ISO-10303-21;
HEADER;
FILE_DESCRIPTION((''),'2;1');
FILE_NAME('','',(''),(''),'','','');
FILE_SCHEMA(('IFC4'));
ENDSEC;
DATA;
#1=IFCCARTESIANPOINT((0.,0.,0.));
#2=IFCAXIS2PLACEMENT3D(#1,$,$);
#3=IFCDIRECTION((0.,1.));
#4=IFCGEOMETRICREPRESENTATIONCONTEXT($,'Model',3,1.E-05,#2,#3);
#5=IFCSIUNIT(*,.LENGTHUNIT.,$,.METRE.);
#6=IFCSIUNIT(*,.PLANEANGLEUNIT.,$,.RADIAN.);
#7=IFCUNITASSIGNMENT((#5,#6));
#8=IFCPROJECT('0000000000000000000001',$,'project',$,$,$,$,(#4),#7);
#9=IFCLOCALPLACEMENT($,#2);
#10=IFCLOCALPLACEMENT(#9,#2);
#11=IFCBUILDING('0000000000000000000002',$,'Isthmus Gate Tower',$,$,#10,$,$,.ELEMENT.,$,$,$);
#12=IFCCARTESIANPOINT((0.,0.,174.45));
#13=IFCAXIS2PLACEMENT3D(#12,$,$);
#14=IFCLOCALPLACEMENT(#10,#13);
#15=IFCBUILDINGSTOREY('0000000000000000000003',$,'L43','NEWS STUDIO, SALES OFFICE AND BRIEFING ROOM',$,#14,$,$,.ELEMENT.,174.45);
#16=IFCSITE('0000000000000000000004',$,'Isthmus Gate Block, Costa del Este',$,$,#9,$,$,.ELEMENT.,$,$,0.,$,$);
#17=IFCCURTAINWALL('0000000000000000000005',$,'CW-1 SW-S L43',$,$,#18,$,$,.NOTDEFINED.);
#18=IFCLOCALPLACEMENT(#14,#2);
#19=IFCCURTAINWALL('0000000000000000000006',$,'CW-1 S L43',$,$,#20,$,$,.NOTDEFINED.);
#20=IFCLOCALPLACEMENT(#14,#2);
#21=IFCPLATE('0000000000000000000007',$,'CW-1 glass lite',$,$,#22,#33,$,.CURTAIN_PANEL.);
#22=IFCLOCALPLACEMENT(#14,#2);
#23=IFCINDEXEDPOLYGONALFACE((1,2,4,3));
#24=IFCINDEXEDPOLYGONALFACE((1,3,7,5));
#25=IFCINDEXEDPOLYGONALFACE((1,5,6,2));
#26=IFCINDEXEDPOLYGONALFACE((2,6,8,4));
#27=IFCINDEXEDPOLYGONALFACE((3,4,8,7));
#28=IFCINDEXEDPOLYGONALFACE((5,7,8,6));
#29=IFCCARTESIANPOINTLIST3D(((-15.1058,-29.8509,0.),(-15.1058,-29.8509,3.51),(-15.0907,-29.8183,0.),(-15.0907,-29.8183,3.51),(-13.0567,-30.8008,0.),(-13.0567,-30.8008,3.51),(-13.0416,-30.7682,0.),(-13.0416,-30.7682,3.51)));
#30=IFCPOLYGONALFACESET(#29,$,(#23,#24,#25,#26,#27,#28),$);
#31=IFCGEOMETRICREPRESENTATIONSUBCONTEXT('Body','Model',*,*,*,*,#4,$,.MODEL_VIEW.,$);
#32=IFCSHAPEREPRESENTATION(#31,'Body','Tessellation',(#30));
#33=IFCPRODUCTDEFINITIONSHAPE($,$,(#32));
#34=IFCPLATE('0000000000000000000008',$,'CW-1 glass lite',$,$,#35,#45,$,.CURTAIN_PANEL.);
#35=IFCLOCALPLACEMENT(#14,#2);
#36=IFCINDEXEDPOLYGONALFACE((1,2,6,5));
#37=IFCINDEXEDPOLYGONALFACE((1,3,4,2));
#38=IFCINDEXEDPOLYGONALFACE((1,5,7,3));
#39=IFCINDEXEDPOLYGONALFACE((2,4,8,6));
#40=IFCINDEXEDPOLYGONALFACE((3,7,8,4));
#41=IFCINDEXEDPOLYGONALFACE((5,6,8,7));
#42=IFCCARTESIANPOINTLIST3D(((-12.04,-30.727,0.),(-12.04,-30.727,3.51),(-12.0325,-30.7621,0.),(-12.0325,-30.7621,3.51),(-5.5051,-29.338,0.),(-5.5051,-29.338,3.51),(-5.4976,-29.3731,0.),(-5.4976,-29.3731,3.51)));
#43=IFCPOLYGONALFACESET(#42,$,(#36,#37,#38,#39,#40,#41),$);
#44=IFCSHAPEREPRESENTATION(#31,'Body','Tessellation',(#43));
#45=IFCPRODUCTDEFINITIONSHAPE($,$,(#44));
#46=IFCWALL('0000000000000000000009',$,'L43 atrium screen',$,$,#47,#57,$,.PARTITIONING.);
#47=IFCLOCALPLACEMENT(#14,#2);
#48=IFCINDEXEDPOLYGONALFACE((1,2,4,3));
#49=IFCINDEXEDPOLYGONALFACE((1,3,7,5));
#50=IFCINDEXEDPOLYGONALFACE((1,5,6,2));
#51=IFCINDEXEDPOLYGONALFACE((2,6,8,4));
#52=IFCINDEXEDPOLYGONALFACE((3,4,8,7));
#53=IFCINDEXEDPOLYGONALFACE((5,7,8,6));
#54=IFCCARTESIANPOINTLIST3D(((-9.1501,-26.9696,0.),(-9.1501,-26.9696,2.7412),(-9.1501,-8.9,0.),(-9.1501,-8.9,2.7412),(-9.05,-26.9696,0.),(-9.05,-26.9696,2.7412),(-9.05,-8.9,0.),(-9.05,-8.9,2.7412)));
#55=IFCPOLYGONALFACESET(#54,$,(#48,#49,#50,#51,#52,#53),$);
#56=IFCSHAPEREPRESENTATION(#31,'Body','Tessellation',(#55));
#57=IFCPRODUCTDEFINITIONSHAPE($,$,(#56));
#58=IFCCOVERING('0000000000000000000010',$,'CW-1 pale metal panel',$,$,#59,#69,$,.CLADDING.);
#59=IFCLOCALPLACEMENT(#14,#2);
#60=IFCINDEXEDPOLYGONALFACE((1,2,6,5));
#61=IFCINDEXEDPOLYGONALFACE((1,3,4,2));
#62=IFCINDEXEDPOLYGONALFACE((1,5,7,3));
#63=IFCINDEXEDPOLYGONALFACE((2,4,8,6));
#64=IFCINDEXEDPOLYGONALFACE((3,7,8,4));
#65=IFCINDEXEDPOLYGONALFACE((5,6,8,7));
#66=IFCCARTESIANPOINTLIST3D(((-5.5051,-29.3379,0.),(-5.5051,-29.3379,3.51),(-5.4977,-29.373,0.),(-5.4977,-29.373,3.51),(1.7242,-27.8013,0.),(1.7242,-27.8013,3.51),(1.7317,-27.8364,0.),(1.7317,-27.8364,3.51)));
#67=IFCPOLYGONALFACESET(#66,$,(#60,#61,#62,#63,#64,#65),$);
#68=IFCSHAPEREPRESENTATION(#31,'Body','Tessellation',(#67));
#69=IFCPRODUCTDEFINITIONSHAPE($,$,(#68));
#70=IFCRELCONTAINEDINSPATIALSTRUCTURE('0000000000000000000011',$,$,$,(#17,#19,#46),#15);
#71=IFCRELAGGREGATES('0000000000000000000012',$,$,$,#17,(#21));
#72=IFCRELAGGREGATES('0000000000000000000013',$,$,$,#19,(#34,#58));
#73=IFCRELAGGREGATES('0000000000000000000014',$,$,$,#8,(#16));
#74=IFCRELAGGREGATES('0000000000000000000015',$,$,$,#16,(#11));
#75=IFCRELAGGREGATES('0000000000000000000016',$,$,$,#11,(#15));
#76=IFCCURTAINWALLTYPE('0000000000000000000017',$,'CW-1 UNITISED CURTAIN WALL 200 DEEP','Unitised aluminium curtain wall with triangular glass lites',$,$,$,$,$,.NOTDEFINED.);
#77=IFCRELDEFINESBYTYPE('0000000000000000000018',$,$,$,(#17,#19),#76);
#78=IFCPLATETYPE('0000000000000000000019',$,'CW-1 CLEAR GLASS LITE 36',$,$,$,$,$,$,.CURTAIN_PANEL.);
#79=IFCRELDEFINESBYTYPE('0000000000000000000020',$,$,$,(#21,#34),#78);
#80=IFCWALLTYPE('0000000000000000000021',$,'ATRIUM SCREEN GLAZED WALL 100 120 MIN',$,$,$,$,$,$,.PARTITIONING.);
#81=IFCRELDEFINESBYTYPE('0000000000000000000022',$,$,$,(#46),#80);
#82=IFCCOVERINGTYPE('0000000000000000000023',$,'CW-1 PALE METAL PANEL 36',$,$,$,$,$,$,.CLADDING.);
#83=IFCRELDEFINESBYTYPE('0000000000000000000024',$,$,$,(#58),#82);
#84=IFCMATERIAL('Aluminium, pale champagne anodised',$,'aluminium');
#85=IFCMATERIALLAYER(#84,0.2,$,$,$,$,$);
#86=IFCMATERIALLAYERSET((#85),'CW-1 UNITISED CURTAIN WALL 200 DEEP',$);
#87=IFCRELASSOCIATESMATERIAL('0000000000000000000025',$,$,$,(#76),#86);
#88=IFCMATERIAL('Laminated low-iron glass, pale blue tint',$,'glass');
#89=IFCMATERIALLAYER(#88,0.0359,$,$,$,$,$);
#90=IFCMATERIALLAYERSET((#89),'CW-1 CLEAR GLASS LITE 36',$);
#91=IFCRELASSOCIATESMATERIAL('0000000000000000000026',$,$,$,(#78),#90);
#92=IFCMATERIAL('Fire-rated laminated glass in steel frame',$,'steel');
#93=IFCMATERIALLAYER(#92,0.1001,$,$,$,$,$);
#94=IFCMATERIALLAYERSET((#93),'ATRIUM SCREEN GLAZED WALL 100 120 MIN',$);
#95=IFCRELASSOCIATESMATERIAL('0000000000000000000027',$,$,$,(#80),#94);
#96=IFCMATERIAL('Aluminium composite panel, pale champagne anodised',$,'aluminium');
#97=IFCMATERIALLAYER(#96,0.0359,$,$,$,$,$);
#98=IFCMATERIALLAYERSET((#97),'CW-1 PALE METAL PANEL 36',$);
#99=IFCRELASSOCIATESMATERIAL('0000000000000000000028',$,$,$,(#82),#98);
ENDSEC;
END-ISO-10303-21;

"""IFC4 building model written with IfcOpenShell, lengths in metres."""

from ifc_helpers import new_model, si_unit, direction, frame, frame_2d, origin, origin_2d, place, context, subcontext, project, spatial, rectangle, extrude, material, layer, layer_set, type_object, element, aggregate, save


model = new_model("IFC4")

# Units and contexts
model_context = context("Model", 3, precision=1e-05, world=origin(), true_north=direction((0.0, 1.0)))
body_context = subcontext(model_context, "Body", "Model", "MODEL_VIEW")
ifc_project = project(units=[si_unit("LENGTHUNIT", "METRE"), si_unit("PLANEANGLEUNIT", "RADIAN")], contexts=[model_context])

# Site, building, storey
site_placement = place(None, origin())
site = spatial("IfcSite", under=ifc_project, at=site_placement, Name="Isthmus Gate Block, Costa del Este", CompositionType="ELEMENT", RefElevation=0.0)
building_placement = place(site_placement, origin())
building = spatial("IfcBuilding", under=site, at=building_placement, Name="Isthmus Gate Tower", CompositionType="ELEMENT")
storey_placement = place(building_placement, frame((0.0, 0.0, 174.45)))
storey = spatial("IfcBuildingStorey", under=building, at=storey_placement, Name="L43", Description="NEWS STUDIO, SALES OFFICE AND BRIEFING ROOM", CompositionType="ELEMENT", Elevation=174.45)

# Curtain walls
ifc_material_1 = material(Name="Aluminium, pale champagne anodised", Category="aluminium")
ifc_layer_1 = layer(ifc_material_1, 0.2)
ifc_layer_set_1 = layer_set([ifc_layer_1], Name="CW-1 UNITISED CURTAIN WALL 200 DEEP")
curtain_wall_type = type_object("IfcCurtainWallType", Name="CW-1 UNITISED CURTAIN WALL 200 DEEP", Description="Unitised aluminium curtain wall with triangular glass lites", PredefinedType="NOTDEFINED", material=ifc_layer_set_1)
curtain_wall_1_placement = place(storey_placement, origin())
curtain_wall_1 = element("IfcCurtainWall", 1, at=curtain_wall_1_placement, inside=storey, type_object=curtain_wall_type, Name="CW-1 SW-S L43", PredefinedType="NOTDEFINED")
curtain_wall_2_placement = place(storey_placement, origin())
curtain_wall_2 = element("IfcCurtainWall", 2, at=curtain_wall_2_placement, inside=storey, type_object=curtain_wall_type, Name="CW-1 S L43", PredefinedType="NOTDEFINED")

# Plates
ifc_material_2 = material(Name="Laminated low-iron glass, pale blue tint", Category="glass")
ifc_layer_2 = layer(ifc_material_2, 0.0359)
ifc_layer_set_2 = layer_set([ifc_layer_2], Name="CW-1 CLEAR GLASS LITE 36")
plate_type = type_object("IfcPlateType", Name="CW-1 CLEAR GLASS LITE 36", PredefinedType="CURTAIN_PANEL", material=ifc_layer_set_2)
plate_1_placement = place(storey_placement, frame((-14.0737, -30.3096, 0.0), z_axis=(0.0, 0.0, 1.0), x_axis=(0.907256, -0.420578, 0.0)))
plate_1 = element("IfcPlate", 3, at=plate_1_placement, type_object=plate_type, Name="CW-1 glass lite", PredefinedType="CURTAIN_PANEL", context=body_context, shape_type="SweptSolid", body=[
    extrude(rectangle(XDim=2.2585, YDim=0.0359, at=origin_2d()), origin(), (0.0, 0.0, 1.0), 3.51),
])
aggregate(curtain_wall_1, [plate_1])
plate_2_placement = place(storey_placement, frame((-8.7688, -30.05, 0.0), z_axis=(0.0, 0.0, 1.0), x_axis=(0.978148, 0.207912, 0.0)))
plate_2 = element("IfcPlate", 4, at=plate_2_placement, type_object=plate_type, Name="CW-1 glass lite", PredefinedType="CURTAIN_PANEL", context=body_context, shape_type="SweptSolid", body=[
    extrude(rectangle(XDim=6.6809, YDim=0.0359, at=origin_2d()), origin(), (0.0, 0.0, 1.0), 3.51),
])

# Wall
ifc_material_3 = material(Name="Fire-rated laminated glass in steel frame", Category="steel")
ifc_layer_3 = layer(ifc_material_3, 0.1001)
ifc_layer_set_3 = layer_set([ifc_layer_3], Name="ATRIUM SCREEN GLAZED WALL 100 120 MIN")
wall_type = type_object("IfcWallType", Name="ATRIUM SCREEN GLAZED WALL 100 120 MIN", PredefinedType="PARTITIONING", material=ifc_layer_set_3)
wall_placement = place(storey_placement, frame((-9.1001, -26.9695, 0.0), z_axis=(0.0, 0.0, 1.0), x_axis=(0.0, 1.0, 0.0)))
element("IfcWall", 5, at=wall_placement, inside=storey, type_object=wall_type, Name="L43 atrium screen", PredefinedType="PARTITIONING", context=body_context, shape_type="SweptSolid", body=[
    extrude(rectangle(XDim=18.0696, YDim=0.1001, at=frame_2d((9.0347, 0.0))), origin(), (0.0, 0.0, 1.0), 2.7412),
])

# Covering
ifc_material_4 = material(Name="Aluminium composite panel, pale champagne anodised", Category="aluminium")
ifc_layer_4 = layer(ifc_material_4, 0.0359)
ifc_layer_set_4 = layer_set([ifc_layer_4], Name="CW-1 PALE METAL PANEL 36")
covering_type = type_object("IfcCoveringType", Name="CW-1 PALE METAL PANEL 36", PredefinedType="CLADDING", material=ifc_layer_set_4)
covering_placement = place(storey_placement, frame((-1.8867, -28.5872, 0.0), z_axis=(0.0, 0.0, 1.0), x_axis=(0.978148, 0.207912, 0.0)))
covering = element("IfcCovering", 6, at=covering_placement, type_object=covering_type, Name="CW-1 pale metal panel", PredefinedType="CLADDING", context=body_context, shape_type="SweptSolid", body=[
    extrude(rectangle(XDim=7.3909, YDim=0.0359, at=origin_2d()), origin(), (0.0, 0.0, 1.0), 3.51),
])
aggregate(curtain_wall_2, [plate_2, covering])

save(model, "model.ifc")
